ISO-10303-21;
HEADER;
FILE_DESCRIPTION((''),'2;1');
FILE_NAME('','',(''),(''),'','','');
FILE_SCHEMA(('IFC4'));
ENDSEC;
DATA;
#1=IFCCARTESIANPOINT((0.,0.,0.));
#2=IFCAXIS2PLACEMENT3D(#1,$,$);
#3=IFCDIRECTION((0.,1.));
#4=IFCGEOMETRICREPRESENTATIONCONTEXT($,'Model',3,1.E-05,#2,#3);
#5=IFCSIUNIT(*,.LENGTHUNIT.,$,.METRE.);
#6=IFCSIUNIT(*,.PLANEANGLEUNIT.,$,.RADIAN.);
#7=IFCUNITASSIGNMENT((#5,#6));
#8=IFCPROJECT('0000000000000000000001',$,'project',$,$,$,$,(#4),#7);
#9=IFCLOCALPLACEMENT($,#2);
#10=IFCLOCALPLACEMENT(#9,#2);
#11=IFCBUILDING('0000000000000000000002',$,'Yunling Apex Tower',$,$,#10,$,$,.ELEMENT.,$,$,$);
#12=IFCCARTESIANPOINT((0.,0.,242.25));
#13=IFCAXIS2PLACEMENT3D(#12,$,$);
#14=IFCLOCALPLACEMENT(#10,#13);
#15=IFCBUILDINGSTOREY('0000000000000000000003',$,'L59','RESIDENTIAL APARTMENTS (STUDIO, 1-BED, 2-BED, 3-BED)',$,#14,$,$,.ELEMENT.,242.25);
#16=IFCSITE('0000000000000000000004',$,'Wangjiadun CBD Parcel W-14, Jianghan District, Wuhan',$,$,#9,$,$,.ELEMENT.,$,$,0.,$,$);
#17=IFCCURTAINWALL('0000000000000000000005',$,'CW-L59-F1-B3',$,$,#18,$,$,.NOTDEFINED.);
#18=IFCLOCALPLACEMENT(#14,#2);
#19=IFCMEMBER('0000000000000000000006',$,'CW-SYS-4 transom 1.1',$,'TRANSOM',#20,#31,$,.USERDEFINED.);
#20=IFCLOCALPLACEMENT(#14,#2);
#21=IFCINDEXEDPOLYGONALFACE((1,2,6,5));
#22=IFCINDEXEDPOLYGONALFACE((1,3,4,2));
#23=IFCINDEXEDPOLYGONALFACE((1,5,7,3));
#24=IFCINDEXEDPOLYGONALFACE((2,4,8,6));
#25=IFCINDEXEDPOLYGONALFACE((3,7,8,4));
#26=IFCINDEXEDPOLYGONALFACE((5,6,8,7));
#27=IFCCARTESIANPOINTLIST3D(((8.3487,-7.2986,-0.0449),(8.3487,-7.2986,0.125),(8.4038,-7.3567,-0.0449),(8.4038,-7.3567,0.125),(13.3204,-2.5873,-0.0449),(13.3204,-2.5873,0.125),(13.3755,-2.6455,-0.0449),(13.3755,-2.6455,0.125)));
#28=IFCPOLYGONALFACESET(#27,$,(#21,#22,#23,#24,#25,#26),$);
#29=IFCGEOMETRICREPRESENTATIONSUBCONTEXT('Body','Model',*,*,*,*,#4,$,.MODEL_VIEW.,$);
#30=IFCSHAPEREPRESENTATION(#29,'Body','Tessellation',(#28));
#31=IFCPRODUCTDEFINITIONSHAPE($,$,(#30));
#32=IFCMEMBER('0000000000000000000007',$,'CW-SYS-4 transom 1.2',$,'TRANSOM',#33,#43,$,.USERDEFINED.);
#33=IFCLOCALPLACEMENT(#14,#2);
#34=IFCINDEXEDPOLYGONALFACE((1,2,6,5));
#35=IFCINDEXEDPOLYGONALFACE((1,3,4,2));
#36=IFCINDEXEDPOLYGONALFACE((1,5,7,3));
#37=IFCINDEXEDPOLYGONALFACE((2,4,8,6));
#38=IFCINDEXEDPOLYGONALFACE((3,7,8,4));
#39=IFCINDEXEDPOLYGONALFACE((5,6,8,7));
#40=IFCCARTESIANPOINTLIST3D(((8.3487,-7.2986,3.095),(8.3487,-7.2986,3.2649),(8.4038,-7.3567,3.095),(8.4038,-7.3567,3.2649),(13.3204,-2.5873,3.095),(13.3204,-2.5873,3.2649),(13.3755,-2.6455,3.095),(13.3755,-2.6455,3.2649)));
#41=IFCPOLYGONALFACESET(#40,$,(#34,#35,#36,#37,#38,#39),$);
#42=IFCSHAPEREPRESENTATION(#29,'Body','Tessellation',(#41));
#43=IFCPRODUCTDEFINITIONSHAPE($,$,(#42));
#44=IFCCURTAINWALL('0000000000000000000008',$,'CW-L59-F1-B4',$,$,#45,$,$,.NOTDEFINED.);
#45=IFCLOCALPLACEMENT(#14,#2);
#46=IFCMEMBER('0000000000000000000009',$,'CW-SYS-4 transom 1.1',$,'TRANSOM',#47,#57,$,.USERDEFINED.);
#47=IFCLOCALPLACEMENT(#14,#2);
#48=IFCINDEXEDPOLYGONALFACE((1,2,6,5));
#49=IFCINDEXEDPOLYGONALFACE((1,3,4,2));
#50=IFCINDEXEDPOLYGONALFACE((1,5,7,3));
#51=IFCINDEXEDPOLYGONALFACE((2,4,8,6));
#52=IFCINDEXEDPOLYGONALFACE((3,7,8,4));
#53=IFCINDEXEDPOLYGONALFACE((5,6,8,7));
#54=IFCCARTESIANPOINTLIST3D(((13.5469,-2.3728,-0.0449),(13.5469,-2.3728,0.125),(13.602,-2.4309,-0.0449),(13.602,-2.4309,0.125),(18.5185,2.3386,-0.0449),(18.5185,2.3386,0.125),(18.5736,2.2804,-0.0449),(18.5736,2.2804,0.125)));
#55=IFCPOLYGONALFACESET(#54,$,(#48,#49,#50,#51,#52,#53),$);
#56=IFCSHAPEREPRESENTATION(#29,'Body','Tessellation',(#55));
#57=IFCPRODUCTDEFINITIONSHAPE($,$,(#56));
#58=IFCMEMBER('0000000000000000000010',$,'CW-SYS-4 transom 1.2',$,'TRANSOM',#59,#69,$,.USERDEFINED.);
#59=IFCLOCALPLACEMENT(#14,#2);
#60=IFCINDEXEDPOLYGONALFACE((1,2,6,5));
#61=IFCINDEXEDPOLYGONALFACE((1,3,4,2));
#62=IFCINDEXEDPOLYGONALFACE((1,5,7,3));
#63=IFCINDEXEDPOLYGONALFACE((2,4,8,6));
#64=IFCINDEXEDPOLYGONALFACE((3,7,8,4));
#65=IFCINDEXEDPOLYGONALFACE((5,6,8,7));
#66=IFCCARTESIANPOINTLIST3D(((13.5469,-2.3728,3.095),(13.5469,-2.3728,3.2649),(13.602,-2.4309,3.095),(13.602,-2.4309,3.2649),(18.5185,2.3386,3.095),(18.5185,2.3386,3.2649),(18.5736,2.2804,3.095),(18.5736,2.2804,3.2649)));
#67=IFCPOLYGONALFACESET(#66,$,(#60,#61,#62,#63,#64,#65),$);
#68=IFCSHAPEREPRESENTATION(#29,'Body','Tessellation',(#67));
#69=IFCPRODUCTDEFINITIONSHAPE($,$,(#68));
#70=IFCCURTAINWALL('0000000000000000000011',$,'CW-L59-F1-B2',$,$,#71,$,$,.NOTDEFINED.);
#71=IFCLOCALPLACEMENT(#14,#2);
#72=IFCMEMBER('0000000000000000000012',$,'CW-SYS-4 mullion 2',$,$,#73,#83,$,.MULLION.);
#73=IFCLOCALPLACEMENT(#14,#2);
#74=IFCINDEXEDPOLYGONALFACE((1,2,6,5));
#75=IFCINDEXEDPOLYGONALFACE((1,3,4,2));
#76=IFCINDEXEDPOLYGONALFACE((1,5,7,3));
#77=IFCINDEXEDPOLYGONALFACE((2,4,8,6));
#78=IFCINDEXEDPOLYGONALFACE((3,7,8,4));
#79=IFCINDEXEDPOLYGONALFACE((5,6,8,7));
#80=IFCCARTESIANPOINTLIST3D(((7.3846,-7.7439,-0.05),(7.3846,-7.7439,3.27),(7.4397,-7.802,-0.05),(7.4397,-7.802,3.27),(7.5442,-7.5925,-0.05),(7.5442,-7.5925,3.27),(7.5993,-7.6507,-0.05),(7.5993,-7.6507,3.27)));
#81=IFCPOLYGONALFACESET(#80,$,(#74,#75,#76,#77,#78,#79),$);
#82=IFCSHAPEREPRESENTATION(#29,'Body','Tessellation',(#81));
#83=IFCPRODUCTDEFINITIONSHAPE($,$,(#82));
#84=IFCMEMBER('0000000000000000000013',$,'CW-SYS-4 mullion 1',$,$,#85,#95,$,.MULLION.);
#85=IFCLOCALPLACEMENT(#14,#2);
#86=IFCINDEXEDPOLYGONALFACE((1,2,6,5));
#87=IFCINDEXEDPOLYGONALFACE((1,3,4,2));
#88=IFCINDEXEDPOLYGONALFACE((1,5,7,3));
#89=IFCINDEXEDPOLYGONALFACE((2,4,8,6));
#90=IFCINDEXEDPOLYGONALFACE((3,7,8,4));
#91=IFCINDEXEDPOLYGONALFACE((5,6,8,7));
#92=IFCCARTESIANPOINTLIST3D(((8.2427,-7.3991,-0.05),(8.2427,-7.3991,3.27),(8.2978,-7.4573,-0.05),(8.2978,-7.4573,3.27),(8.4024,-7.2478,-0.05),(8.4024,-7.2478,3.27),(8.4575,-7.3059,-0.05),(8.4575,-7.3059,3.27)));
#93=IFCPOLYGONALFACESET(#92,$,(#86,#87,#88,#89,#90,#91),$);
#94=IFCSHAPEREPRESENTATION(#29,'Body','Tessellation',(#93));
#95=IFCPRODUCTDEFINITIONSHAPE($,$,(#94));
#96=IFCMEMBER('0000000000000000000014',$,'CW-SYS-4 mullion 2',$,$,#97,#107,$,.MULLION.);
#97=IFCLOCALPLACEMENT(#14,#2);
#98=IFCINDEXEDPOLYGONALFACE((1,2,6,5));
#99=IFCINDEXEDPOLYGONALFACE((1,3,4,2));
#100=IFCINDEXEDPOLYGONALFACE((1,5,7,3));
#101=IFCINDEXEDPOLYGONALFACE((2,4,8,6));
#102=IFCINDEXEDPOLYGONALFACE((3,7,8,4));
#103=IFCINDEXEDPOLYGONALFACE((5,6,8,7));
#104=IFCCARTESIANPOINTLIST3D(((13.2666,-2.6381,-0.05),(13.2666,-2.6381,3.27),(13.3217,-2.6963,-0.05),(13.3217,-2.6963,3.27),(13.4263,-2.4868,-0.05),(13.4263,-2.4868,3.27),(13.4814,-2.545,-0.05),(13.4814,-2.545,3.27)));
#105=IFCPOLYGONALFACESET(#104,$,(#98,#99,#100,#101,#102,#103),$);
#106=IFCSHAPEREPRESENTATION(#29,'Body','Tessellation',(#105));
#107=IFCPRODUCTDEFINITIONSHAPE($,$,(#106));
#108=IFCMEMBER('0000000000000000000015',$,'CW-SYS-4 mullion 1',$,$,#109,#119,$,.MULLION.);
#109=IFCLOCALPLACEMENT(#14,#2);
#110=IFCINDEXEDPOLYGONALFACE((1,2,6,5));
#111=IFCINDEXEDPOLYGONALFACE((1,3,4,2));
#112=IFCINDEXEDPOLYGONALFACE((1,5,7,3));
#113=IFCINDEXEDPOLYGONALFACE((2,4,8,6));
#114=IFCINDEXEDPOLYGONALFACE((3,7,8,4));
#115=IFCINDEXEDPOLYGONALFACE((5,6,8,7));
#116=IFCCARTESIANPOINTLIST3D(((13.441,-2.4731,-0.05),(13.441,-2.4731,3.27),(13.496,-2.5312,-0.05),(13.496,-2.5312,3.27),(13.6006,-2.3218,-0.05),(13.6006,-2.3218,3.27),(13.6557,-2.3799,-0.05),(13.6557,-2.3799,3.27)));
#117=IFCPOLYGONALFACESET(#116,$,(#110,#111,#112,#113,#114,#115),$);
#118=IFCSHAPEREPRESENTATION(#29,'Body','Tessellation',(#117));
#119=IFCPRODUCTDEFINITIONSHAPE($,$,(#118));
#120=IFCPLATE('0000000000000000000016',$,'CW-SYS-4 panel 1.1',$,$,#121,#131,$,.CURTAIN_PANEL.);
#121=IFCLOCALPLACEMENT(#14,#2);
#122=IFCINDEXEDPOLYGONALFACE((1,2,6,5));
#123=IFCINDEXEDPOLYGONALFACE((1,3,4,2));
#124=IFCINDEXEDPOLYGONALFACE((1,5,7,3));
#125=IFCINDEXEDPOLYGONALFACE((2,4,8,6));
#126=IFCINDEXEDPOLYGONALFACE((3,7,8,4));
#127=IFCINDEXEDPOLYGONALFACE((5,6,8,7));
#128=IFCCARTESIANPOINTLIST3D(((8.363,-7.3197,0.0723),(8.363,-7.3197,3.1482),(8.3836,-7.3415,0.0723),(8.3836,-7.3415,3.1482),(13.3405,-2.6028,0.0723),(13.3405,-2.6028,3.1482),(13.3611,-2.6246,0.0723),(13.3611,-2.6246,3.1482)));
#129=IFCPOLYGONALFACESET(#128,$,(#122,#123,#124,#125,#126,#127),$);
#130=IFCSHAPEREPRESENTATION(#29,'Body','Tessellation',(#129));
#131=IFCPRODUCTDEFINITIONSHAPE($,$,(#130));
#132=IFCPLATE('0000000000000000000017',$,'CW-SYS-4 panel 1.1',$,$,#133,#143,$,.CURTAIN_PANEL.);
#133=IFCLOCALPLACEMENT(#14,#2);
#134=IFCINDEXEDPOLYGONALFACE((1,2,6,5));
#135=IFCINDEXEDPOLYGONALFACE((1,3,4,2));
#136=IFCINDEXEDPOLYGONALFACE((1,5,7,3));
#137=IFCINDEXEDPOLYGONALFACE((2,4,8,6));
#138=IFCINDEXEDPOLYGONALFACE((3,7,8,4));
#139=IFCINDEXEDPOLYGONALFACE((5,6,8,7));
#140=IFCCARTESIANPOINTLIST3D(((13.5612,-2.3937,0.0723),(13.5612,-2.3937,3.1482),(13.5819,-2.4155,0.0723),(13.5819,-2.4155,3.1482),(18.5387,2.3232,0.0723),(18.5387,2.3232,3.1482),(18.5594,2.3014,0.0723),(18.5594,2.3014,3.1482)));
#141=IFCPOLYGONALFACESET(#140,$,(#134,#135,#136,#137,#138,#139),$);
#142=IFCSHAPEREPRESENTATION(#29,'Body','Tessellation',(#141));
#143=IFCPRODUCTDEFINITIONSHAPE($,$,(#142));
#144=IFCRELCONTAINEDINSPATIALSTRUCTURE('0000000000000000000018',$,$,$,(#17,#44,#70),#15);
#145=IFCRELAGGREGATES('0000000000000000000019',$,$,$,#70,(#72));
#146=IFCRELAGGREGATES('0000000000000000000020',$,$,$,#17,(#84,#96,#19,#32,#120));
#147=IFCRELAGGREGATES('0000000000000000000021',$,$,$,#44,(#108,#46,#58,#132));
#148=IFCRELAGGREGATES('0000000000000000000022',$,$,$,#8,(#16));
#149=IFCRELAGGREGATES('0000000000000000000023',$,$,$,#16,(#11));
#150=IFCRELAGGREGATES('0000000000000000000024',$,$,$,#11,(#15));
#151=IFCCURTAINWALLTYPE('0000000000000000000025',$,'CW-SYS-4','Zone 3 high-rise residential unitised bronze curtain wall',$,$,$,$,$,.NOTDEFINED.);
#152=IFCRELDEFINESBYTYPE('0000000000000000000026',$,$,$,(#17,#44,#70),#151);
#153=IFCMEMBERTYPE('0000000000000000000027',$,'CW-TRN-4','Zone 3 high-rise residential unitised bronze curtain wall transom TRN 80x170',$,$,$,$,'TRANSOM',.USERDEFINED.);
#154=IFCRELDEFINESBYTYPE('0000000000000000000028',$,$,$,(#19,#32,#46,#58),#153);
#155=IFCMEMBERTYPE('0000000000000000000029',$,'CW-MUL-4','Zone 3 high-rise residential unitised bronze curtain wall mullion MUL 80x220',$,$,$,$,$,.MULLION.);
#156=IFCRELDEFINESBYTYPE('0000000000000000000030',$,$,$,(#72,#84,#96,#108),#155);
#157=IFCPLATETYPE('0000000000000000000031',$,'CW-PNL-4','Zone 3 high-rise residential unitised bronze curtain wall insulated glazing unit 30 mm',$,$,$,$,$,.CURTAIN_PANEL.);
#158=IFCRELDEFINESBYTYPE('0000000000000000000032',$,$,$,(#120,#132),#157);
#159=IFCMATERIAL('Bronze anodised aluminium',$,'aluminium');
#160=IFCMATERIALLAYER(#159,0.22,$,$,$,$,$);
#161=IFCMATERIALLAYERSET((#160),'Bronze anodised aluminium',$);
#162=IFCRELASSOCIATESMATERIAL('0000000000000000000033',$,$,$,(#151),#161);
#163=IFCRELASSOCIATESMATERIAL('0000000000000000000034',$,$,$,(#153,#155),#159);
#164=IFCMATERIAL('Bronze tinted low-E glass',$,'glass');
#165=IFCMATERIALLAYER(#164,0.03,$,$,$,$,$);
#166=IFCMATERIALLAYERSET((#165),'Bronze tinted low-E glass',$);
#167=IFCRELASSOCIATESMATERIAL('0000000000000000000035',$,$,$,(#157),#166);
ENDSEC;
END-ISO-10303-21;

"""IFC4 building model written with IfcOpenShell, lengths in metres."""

from ifc_helpers import new_model, si_unit, direction, frame, origin, origin_2d, place, context, subcontext, project, spatial, rectangle, extrude, source, transform, mapped, material, layer, layer_set, material_profile, profile_set, type_object, element, aggregate, save


model = new_model("IFC4")

# Units and contexts
model_context = context("Model", 3, precision=1e-05, world=origin(), true_north=direction((0.0, 1.0)))
body_context = subcontext(model_context, "Body", "Model", "MODEL_VIEW")
ifc_project = project(units=[si_unit("LENGTHUNIT", "METRE"), si_unit("PLANEANGLEUNIT", "RADIAN")], contexts=[model_context])

# Site, building, storey
site_placement = place(None, origin())
site = spatial("IfcSite", under=ifc_project, at=site_placement, Name="Wangjiadun CBD Parcel W-14, Jianghan District, Wuhan", CompositionType="ELEMENT", RefElevation=0.0)
building_placement = place(site_placement, origin())
building = spatial("IfcBuilding", under=site, at=building_placement, Name="Yunling Apex Tower", CompositionType="ELEMENT")
storey_placement = place(building_placement, frame((0.0, 0.0, 242.25)))
storey = spatial("IfcBuildingStorey", under=building, at=storey_placement, Name="L59", Description="RESIDENTIAL APARTMENTS (STUDIO, 1-BED, 2-BED, 3-BED)", CompositionType="ELEMENT", Elevation=242.25)

# Curtain walls, members
ifc_material_1 = material(Name="Bronze anodised aluminium", Category="aluminium")
ifc_layer_1 = layer(ifc_material_1, 0.22)
ifc_layer_set_1 = layer_set([ifc_layer_1], Name="Bronze anodised aluminium")
curtain_wall_type = type_object("IfcCurtainWallType", Name="CW-SYS-4", Description="Zone 3 high-rise residential unitised bronze curtain wall", PredefinedType="NOTDEFINED", material=ifc_layer_set_1)
curtain_wall_1_placement = place(storey_placement, origin())
curtain_wall_1 = element("IfcCurtainWall", 1, at=curtain_wall_1_placement, inside=storey, type_object=curtain_wall_type, Name="CW-L59-F1-B3", PredefinedType="NOTDEFINED")
ifc_material_profile_1 = material_profile(ifc_material_1, rectangle(XDim=0.0801, YDim=0.1699, at=origin_2d()))
ifc_profile_set_1 = profile_set([ifc_material_profile_1], Name="Bronze anodised aluminium")
member_type_1 = type_object("IfcMemberType", Name="CW-TRN-4", Description="Zone 3 high-rise residential unitised bronze curtain wall transom TRN 80x170", ElementType="TRANSOM", PredefinedType="USERDEFINED", material=ifc_profile_set_1)
shared_shape_1 = source(origin(), body_context, "Body", "SweptSolid", [
    extrude(rectangle(XDim=0.0801, YDim=0.1699, at=origin_2d()), origin(), (0.0, 0.0, 1.0), 6.8494),
])
member_1_placement = place(storey_placement, frame((8.3762, -7.3276, 0.04), z_axis=(0.725867, 0.687835, 0.0), x_axis=(-0.687835, 0.725867, 0.0)))
member_1 = element("IfcMember", 2, at=member_1_placement, type_object=member_type_1, Name="CW-SYS-4 transom 1.1", ObjectType="TRANSOM", PredefinedType="USERDEFINED", context=body_context, shape_type="MappedRepresentation", body=[
    mapped(shared_shape_1, transform((0.0, 0.0, 0.0), scale=1.0)),
])
member_2_placement = place(storey_placement, frame((8.3762, -7.3276, 3.1799), z_axis=(0.725867, 0.687835, 0.0), x_axis=(-0.687835, 0.725867, 0.0)))
member_2 = element("IfcMember", 3, at=member_2_placement, type_object=member_type_1, Name="CW-SYS-4 transom 1.2", ObjectType="TRANSOM", PredefinedType="USERDEFINED", context=body_context, shape_type="MappedRepresentation", body=[
    mapped(shared_shape_1, transform((0.0, 0.0, 0.0), scale=1.0)),
])
curtain_wall_2_placement = place(storey_placement, origin())
curtain_wall_2 = element("IfcCurtainWall", 4, at=curtain_wall_2_placement, inside=storey, type_object=curtain_wall_type, Name="CW-L59-F1-B4", PredefinedType="NOTDEFINED")
member_3_placement = place(storey_placement, frame((13.5745, -2.4019, 0.04), z_axis=(0.72585, 0.687853, 0.0), x_axis=(-0.687853, 0.72585, 0.0)))
member_3 = element("IfcMember", 5, at=member_3_placement, type_object=member_type_1, Name="CW-SYS-4 transom 1.1", ObjectType="TRANSOM", PredefinedType="USERDEFINED", context=body_context, shape_type="MappedRepresentation", body=[
    mapped(shared_shape_1, transform((0.0, 0.0, 0.0), scale=1.0)),
])
member_4_placement = place(storey_placement, frame((13.5745, -2.4019, 3.1799), z_axis=(0.72585, 0.687853, 0.0), x_axis=(-0.687853, 0.72585, 0.0)))
member_4 = element("IfcMember", 6, at=member_4_placement, type_object=member_type_1, Name="CW-SYS-4 transom 1.2", ObjectType="TRANSOM", PredefinedType="USERDEFINED", context=body_context, shape_type="MappedRepresentation", body=[
    mapped(shared_shape_1, transform((0.0, 0.0, 0.0), scale=1.0)),
])

# Curtain wall, member
curtain_wall_3_placement = place(storey_placement, origin())
curtain_wall_3 = element("IfcCurtainWall", 7, at=curtain_wall_3_placement, inside=storey, type_object=curtain_wall_type, Name="CW-L59-F1-B2", PredefinedType="NOTDEFINED")
ifc_material_profile_2 = material_profile(ifc_material_1, rectangle(XDim=0.0801, YDim=0.22, at=origin_2d()))
ifc_profile_set_2 = profile_set([ifc_material_profile_2], Name="Bronze anodised aluminium")
member_type_2 = type_object("IfcMemberType", Name="CW-MUL-4", Description="Zone 3 high-rise residential unitised bronze curtain wall mullion MUL 80x220", PredefinedType="MULLION", material=ifc_profile_set_2)
shared_shape_2 = source(origin(), body_context, "Body", "SweptSolid", [
    extrude(rectangle(XDim=0.0801, YDim=0.22, at=origin_2d()), origin(), (0.0, 0.0, 1.0), 3.3201),
])
member_5_placement = place(storey_placement, frame((7.4919, -7.6973, -0.05), z_axis=(0.0, 0.0, 1.0), x_axis=(-0.687854, 0.725849, 0.0)))
member_5 = element("IfcMember", 8, at=member_5_placement, type_object=member_type_2, Name="CW-SYS-4 mullion 2", PredefinedType="MULLION", context=body_context, shape_type="MappedRepresentation", body=[
    mapped(shared_shape_2, transform((0.0, 0.0, 0.0), scale=1.0)),
])
aggregate(curtain_wall_3, [member_5])

# Members
member_6_placement = place(storey_placement, frame((8.3501, -7.3525, -0.05), z_axis=(0.0, 0.0, 1.0), x_axis=(-0.687848, 0.725855, 0.0)))
member_6 = element("IfcMember", 9, at=member_6_placement, type_object=member_type_2, Name="CW-SYS-4 mullion 1", PredefinedType="MULLION", context=body_context, shape_type="MappedRepresentation", body=[
    mapped(shared_shape_2, transform((0.0, 0.0, 0.0), scale=1.0)),
])
member_7_placement = place(storey_placement, frame((13.374, -2.5916, -0.05), z_axis=(0.0, 0.0, 1.0), x_axis=(-0.687848, 0.725855, 0.0)))
member_7 = element("IfcMember", 10, at=member_7_placement, type_object=member_type_2, Name="CW-SYS-4 mullion 2", PredefinedType="MULLION", context=body_context, shape_type="MappedRepresentation", body=[
    mapped(shared_shape_2, transform((0.0, 0.0, 0.0), scale=1.0)),
])
member_8_placement = place(storey_placement, frame((13.5483, -2.4265, -0.05), z_axis=(0.0, 0.0, 1.0), x_axis=(-0.687848, 0.725855, 0.0)))
member_8 = element("IfcMember", 11, at=member_8_placement, type_object=member_type_2, Name="CW-SYS-4 mullion 1", PredefinedType="MULLION", context=body_context, shape_type="MappedRepresentation", body=[
    mapped(shared_shape_2, transform((0.0, 0.0, 0.0), scale=1.0)),
])

# Plates
ifc_material_2 = material(Name="Bronze tinted low-E glass", Category="glass")
ifc_layer_2 = layer(ifc_material_2, 0.03)
ifc_layer_set_2 = layer_set([ifc_layer_2], Name="Bronze tinted low-E glass")
plate_type = type_object("IfcPlateType", Name="CW-PNL-4", Description="Zone 3 high-rise residential unitised bronze curtain wall insulated glazing unit 30 mm", PredefinedType="CURTAIN_PANEL", material=ifc_layer_set_2)
shared_shape_3 = source(origin(), body_context, "Body", "SweptSolid", [
    extrude(rectangle(XDim=6.8574, YDim=0.03, at=origin_2d()), origin(), (0.0, 0.0, 1.0), 3.0759),
])
plate_1_placement = place(storey_placement, frame((10.8621, -4.9722, 0.0723), z_axis=(0.0, 0.0, 1.0), x_axis=(0.725855, 0.687848, 0.0)))
plate_1 = element("IfcPlate", 12, at=plate_1_placement, type_object=plate_type, Name="CW-SYS-4 panel 1.1", PredefinedType="CURTAIN_PANEL", context=body_context, shape_type="MappedRepresentation", body=[
    mapped(shared_shape_3, transform((0.0, 0.0, 0.0), scale=1.0)),
])
aggregate(curtain_wall_1, [member_6, member_7, member_1, member_2, plate_1])
plate_2_placement = place(storey_placement, frame((16.0603, -0.0461, 0.0723), z_axis=(0.0, 0.0, 1.0), x_axis=(0.725855, 0.687848, 0.0)))
plate_2 = element("IfcPlate", 13, at=plate_2_placement, type_object=plate_type, Name="CW-SYS-4 panel 1.1", PredefinedType="CURTAIN_PANEL", context=body_context, shape_type="MappedRepresentation", body=[
    mapped(shared_shape_3, transform((0.0, 0.0, 0.0), scale=1.0)),
])
aggregate(curtain_wall_2, [member_8, member_3, member_4, plate_2])

save(model, "model.ifc")
